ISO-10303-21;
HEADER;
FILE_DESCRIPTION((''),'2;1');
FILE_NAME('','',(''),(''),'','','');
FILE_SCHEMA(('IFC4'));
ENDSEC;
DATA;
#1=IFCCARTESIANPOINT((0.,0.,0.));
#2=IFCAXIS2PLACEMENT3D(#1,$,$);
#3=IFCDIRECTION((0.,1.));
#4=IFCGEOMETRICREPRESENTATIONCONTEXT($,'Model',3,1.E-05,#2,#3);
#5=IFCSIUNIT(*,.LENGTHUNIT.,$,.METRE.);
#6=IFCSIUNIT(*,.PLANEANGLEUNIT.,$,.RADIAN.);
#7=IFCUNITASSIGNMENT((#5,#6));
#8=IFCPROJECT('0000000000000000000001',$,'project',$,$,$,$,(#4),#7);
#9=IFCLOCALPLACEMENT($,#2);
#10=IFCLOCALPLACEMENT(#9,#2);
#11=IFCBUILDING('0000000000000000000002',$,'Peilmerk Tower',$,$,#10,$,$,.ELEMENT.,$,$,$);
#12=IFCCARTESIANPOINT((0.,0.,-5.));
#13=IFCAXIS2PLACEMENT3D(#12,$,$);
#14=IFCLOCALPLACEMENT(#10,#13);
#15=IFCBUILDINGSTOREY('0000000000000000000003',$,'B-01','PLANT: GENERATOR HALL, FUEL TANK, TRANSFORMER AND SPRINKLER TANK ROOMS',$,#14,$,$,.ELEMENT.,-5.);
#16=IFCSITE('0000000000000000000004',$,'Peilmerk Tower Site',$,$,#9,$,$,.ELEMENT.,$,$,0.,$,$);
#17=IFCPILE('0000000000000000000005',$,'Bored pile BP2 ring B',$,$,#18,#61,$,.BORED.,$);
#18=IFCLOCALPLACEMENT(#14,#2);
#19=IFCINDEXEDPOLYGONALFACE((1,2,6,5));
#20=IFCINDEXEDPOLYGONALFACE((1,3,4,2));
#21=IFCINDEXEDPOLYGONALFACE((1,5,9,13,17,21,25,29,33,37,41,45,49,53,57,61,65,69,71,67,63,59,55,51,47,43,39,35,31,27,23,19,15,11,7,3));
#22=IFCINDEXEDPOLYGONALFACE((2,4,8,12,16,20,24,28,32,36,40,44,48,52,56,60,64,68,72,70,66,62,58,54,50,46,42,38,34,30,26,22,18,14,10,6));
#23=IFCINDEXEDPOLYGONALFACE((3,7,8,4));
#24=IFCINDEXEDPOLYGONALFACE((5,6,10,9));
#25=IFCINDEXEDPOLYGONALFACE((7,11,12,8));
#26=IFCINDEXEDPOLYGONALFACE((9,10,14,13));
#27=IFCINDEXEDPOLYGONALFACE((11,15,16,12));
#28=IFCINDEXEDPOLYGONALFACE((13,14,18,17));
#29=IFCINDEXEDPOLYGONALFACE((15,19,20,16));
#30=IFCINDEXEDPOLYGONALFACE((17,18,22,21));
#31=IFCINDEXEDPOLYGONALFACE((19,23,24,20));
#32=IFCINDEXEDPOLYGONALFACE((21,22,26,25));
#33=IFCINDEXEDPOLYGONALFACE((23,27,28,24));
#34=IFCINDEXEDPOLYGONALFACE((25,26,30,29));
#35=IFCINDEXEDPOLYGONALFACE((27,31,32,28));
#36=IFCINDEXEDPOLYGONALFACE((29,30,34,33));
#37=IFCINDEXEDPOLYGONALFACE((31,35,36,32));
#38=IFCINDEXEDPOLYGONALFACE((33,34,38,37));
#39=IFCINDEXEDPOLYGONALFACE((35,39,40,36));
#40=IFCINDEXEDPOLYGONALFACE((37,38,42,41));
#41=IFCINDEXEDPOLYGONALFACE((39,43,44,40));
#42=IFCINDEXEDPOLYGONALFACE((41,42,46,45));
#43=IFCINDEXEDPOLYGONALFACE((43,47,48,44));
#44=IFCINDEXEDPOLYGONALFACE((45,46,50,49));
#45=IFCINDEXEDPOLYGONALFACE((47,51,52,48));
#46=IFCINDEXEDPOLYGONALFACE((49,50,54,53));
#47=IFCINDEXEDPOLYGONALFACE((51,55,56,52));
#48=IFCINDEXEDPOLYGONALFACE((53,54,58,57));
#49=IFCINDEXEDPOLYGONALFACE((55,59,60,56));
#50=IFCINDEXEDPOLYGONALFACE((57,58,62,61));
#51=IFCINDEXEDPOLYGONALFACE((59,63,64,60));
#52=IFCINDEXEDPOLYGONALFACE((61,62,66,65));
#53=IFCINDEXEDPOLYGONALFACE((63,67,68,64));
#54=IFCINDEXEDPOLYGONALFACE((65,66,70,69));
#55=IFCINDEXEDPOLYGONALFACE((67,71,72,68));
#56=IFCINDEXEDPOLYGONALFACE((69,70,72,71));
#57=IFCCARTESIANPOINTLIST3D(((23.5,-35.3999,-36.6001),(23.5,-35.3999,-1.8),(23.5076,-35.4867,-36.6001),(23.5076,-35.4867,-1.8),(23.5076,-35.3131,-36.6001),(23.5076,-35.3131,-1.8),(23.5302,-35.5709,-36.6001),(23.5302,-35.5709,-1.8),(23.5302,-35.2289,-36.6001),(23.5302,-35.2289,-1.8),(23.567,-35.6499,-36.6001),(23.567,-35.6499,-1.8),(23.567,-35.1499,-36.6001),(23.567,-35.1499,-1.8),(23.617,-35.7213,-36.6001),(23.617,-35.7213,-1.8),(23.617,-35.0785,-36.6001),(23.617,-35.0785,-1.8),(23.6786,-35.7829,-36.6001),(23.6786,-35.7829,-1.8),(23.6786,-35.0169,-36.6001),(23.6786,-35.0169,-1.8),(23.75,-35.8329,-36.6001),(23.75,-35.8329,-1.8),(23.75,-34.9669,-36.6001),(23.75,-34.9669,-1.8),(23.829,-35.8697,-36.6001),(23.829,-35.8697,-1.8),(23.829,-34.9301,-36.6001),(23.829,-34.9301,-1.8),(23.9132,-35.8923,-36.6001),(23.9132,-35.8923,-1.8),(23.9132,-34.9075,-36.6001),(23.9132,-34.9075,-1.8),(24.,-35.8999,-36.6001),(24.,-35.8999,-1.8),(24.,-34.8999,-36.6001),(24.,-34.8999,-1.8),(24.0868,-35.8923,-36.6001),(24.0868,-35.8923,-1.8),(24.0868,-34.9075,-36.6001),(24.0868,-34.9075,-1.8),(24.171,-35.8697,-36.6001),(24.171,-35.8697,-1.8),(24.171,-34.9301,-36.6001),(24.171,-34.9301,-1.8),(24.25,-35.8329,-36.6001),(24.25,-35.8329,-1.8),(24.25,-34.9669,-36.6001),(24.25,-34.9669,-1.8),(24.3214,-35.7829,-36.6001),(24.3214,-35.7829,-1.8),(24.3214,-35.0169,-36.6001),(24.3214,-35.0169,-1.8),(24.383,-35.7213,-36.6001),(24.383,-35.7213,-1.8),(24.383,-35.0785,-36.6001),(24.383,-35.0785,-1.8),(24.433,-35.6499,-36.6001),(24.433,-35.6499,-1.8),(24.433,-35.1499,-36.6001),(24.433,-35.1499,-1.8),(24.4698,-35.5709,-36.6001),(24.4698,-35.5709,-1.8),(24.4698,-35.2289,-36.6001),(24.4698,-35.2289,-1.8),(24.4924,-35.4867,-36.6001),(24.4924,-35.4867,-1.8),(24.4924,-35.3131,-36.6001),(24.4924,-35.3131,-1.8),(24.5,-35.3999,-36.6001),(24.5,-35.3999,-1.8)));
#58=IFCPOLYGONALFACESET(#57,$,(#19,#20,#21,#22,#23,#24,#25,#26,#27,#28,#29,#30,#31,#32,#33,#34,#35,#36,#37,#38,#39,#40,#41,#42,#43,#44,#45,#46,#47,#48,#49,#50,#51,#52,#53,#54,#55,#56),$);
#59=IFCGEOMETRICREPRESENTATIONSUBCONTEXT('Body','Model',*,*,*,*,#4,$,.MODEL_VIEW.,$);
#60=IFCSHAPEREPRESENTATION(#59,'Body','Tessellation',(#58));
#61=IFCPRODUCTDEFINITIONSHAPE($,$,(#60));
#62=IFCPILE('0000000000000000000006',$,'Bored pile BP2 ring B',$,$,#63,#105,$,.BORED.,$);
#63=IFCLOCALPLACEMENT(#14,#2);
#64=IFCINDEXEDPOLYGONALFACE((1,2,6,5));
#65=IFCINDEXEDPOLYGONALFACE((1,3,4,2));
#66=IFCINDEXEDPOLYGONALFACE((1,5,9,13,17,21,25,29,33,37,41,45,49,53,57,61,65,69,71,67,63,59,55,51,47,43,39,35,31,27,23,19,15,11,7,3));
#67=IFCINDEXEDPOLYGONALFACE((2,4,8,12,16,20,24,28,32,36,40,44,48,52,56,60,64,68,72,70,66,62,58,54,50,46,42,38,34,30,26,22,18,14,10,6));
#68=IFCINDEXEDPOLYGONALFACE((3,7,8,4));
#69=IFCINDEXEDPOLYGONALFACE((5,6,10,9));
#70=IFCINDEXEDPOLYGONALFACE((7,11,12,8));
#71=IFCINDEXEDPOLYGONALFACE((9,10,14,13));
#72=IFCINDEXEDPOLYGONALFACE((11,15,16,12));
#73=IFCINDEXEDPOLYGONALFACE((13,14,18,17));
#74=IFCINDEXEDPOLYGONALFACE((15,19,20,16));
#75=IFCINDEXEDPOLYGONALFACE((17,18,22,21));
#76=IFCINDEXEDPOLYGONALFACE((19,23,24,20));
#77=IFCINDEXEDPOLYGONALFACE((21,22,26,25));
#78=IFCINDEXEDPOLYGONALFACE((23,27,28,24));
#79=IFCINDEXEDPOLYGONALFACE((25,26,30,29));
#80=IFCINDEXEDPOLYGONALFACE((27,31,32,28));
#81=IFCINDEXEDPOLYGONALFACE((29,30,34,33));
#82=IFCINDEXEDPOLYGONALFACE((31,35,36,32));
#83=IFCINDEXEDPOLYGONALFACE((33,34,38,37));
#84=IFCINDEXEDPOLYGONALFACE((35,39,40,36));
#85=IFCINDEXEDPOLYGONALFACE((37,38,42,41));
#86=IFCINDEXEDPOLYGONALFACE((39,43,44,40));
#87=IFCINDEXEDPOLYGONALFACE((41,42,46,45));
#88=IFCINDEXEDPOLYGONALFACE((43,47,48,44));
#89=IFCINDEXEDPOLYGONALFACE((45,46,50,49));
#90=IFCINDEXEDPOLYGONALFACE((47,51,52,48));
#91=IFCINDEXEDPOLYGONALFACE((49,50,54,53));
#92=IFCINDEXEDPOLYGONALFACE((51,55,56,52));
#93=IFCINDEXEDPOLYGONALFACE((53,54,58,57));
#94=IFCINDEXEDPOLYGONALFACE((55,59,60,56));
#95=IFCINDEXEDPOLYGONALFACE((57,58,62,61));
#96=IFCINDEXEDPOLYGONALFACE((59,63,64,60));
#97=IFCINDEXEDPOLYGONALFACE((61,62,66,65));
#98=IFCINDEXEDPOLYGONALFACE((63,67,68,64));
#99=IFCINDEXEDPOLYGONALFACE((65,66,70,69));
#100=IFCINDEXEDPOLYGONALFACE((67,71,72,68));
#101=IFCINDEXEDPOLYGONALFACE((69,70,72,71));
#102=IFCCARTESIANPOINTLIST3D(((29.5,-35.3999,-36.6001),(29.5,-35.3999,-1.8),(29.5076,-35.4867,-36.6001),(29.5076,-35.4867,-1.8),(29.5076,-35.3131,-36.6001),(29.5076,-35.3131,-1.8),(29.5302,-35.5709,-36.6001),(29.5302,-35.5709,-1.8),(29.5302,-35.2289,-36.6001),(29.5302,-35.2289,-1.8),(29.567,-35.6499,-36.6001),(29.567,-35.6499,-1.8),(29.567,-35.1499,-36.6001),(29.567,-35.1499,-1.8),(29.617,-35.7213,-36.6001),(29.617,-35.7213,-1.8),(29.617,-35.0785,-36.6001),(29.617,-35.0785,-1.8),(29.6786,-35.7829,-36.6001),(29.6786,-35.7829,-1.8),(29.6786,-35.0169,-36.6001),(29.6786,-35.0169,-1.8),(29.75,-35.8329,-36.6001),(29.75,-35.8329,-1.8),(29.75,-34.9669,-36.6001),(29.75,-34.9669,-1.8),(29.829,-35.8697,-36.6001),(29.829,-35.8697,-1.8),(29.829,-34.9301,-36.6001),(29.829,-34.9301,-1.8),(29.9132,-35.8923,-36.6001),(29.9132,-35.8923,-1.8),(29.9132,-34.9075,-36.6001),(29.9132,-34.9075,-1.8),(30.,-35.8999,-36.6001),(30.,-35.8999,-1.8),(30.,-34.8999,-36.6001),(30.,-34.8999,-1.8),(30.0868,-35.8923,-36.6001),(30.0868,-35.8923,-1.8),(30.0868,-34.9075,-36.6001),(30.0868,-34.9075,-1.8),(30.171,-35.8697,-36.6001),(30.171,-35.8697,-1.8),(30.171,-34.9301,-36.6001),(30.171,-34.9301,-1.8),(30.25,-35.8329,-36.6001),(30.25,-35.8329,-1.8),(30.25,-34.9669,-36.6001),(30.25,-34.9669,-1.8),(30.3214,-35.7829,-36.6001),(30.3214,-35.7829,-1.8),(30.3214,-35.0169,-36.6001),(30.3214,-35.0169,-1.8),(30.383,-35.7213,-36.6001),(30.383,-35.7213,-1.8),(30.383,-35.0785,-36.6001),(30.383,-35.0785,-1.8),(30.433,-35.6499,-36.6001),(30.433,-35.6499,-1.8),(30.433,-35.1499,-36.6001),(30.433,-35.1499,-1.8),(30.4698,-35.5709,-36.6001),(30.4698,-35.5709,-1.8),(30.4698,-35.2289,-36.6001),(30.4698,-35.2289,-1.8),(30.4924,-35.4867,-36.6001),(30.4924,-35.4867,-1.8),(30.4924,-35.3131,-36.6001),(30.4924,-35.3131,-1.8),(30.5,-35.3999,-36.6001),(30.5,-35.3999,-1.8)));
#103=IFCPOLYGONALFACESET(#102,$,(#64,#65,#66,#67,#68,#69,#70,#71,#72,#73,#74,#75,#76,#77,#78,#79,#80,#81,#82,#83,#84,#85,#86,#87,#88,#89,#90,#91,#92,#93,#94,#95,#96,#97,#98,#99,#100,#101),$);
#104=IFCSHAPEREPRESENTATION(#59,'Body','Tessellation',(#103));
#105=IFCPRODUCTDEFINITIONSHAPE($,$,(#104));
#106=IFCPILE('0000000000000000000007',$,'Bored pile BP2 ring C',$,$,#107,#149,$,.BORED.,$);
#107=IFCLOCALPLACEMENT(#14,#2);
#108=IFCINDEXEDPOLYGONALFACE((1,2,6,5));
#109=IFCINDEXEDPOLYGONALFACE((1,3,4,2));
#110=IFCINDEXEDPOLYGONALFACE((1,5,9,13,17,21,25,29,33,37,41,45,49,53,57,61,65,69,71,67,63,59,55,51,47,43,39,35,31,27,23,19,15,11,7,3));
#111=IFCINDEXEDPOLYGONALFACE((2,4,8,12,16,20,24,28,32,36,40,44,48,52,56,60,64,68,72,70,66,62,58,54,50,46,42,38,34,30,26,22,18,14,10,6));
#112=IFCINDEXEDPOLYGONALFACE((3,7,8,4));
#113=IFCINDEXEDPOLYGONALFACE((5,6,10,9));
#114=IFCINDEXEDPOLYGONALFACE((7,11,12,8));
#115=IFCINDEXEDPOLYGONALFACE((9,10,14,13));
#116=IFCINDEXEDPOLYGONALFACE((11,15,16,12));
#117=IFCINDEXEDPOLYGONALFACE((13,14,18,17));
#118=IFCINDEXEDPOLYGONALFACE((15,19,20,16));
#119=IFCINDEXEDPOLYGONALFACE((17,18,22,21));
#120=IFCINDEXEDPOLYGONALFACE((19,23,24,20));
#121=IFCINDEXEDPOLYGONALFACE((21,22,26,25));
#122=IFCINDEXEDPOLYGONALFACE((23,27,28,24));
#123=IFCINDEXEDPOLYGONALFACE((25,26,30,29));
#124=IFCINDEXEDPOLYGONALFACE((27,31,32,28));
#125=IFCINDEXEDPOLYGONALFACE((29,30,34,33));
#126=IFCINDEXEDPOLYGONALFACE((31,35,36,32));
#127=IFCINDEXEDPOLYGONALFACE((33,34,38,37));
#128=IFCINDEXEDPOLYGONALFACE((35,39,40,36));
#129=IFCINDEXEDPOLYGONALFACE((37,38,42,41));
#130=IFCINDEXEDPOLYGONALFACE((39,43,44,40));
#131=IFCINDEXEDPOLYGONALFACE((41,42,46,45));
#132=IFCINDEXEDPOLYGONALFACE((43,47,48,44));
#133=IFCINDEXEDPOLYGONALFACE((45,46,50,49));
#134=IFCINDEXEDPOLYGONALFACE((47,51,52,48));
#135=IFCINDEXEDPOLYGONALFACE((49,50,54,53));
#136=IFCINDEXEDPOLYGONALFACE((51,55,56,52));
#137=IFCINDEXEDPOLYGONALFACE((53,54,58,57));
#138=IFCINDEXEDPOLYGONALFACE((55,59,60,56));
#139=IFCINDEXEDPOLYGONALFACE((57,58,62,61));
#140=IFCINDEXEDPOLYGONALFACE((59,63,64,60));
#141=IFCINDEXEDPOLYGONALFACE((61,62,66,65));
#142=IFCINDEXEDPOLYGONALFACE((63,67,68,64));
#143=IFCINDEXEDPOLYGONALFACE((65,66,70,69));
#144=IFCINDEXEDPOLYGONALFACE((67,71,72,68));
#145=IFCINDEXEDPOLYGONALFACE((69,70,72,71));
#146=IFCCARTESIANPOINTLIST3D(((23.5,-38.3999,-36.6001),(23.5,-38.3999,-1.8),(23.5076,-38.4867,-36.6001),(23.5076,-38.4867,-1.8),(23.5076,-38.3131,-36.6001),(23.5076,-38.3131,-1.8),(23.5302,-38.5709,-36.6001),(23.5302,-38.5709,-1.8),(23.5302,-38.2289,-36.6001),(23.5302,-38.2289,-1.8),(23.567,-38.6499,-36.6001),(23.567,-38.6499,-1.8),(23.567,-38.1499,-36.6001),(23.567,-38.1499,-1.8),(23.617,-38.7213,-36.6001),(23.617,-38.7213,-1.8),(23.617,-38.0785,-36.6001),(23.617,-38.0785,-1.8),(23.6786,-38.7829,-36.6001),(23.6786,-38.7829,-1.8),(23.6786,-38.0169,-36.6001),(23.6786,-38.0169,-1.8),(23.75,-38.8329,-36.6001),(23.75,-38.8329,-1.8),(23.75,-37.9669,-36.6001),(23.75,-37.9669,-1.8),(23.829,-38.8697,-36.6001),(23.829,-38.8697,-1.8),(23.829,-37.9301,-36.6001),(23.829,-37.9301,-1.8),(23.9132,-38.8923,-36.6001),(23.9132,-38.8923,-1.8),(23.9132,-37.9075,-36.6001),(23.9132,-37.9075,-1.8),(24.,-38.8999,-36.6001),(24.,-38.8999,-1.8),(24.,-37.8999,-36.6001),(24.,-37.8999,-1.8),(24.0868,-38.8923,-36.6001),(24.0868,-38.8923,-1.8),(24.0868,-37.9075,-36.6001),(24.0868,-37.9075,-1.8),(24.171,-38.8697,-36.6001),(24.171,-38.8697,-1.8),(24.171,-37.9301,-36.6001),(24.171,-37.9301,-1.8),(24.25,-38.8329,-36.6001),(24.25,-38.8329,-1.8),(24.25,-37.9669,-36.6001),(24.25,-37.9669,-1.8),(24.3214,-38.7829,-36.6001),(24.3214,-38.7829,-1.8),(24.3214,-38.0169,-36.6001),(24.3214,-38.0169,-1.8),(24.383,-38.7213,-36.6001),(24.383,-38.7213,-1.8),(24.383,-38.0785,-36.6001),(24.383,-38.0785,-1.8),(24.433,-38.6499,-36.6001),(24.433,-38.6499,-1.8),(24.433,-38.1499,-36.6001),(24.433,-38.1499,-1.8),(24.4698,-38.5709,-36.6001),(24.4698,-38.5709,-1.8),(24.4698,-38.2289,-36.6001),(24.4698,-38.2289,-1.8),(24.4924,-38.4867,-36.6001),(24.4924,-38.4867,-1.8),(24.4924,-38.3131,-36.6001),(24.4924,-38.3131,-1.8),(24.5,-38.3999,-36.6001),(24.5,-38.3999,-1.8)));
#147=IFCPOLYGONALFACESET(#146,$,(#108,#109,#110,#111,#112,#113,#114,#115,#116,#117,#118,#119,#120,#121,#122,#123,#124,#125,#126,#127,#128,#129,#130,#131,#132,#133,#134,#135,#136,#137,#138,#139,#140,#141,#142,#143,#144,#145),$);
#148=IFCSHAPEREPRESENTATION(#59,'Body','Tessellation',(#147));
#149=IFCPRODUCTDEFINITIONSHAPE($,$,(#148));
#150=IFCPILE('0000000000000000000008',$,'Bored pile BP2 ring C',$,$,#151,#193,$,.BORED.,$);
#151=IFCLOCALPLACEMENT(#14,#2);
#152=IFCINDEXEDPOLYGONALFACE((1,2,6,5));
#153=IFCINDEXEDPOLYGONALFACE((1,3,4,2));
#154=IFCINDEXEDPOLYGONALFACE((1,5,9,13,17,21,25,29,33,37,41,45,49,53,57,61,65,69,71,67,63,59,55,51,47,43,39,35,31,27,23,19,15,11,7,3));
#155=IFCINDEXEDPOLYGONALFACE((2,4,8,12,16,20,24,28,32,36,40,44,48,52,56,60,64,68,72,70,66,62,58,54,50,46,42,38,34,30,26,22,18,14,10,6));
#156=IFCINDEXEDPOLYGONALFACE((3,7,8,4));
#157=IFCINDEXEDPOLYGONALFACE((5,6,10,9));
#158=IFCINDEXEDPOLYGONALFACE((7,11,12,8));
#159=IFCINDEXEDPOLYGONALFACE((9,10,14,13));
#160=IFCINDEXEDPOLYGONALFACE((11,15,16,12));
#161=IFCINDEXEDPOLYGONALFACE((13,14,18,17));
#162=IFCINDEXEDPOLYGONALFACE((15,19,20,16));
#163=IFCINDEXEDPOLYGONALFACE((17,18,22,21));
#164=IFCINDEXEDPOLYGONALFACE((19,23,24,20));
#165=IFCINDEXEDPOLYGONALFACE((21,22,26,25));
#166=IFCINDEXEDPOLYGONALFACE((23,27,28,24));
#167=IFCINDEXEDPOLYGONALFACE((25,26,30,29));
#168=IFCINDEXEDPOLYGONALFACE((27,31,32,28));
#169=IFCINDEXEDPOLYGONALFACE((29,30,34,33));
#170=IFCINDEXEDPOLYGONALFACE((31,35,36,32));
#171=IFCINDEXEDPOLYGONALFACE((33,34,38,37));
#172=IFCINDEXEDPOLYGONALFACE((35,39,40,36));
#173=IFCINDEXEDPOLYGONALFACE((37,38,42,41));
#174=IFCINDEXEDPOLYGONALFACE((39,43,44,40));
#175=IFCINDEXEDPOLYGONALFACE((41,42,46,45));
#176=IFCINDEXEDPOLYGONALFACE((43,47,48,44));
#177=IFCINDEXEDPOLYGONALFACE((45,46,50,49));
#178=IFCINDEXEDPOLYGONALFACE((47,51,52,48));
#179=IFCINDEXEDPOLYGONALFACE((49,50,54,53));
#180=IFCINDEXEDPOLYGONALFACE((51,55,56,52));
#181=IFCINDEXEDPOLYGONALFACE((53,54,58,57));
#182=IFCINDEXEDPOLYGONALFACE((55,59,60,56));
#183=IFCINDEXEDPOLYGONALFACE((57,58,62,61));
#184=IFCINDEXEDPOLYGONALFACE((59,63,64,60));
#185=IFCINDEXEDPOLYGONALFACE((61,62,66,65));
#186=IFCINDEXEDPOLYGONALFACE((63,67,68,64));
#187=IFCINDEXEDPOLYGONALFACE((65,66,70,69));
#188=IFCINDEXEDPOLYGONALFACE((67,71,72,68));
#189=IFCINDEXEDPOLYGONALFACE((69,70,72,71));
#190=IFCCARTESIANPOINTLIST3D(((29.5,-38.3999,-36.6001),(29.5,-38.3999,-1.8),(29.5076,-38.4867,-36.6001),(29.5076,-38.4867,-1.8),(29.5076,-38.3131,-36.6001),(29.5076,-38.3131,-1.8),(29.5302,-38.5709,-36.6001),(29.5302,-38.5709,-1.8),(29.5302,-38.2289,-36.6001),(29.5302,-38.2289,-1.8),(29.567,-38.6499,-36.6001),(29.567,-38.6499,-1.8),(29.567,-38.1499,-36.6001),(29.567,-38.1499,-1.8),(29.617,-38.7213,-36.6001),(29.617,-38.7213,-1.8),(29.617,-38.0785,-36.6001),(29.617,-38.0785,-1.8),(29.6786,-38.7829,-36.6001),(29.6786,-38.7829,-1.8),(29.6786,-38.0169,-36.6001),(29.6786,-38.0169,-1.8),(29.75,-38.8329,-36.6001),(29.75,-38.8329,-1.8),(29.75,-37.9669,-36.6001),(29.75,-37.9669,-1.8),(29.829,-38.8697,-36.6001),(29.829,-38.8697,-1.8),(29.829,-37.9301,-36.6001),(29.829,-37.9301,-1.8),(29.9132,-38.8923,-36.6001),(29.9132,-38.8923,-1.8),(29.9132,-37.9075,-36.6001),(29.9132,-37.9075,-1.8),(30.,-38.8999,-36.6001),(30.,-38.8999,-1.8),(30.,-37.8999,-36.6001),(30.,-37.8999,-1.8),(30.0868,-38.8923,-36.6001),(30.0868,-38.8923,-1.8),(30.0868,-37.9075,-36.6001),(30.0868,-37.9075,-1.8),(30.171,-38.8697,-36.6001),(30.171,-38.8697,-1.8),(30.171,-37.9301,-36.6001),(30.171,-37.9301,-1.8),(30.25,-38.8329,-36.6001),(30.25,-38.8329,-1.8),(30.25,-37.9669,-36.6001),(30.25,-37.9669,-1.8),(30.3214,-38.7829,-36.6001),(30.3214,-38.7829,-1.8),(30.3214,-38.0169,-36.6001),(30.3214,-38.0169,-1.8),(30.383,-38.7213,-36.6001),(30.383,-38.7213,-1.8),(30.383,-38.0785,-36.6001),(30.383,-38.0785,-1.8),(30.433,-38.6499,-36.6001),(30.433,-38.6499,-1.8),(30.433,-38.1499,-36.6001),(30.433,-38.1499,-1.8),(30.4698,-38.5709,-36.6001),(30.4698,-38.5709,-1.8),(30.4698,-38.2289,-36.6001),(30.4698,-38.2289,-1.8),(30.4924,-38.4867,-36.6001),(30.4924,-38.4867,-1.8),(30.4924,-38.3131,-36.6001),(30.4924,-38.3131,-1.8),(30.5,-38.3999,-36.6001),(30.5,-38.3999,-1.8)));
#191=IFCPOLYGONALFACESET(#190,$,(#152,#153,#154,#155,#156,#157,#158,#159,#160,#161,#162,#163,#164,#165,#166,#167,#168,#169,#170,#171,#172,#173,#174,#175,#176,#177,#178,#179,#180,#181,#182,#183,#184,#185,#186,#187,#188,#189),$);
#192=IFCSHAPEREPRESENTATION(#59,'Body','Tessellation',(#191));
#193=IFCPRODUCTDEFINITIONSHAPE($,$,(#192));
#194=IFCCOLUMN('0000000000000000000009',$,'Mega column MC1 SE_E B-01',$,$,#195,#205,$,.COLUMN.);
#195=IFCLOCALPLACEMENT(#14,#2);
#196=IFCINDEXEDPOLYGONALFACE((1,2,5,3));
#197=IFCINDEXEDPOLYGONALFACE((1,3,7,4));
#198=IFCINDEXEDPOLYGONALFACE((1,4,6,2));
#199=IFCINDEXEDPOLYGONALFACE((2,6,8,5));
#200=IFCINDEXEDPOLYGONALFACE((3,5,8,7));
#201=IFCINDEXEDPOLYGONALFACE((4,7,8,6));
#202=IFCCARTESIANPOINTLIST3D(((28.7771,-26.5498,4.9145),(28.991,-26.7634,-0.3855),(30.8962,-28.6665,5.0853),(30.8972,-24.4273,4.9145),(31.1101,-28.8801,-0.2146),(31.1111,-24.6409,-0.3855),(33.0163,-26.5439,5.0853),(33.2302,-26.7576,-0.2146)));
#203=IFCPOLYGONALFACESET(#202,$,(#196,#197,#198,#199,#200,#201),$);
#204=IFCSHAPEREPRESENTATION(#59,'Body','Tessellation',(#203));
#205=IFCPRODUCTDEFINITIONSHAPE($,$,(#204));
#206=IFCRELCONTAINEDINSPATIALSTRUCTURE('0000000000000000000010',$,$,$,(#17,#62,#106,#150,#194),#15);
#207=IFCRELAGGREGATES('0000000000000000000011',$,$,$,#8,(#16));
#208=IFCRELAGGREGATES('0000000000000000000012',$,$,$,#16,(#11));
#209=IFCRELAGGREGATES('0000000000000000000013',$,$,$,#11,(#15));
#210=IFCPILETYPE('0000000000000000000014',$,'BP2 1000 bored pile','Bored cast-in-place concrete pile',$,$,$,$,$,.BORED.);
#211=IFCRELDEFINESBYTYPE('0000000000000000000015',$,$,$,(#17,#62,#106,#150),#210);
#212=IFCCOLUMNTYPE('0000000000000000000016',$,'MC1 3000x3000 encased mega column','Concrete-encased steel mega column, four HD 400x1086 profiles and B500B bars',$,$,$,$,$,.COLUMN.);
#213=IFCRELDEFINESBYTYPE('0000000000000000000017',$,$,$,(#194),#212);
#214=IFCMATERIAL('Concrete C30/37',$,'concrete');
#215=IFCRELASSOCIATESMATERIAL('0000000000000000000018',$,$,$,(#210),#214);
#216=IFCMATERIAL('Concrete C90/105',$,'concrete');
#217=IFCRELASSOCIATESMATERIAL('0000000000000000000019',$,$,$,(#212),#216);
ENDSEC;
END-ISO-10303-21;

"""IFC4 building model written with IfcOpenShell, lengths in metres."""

from ifc_helpers import new_model, si_unit, direction, frame, origin, origin_2d, place, context, subcontext, project, spatial, rectangle, circle, extrude, material, material_profile, profile_set, type_object, element, save


model = new_model("IFC4")

# Units and contexts
model_context = context("Model", 3, precision=1e-05, world=origin(), true_north=direction((0.0, 1.0)))
body_context = subcontext(model_context, "Body", "Model", "MODEL_VIEW")
ifc_project = project(units=[si_unit("LENGTHUNIT", "METRE"), si_unit("PLANEANGLEUNIT", "RADIAN")], contexts=[model_context])

# Site, building, storey
site_placement = place(None, origin())
site = spatial("IfcSite", under=ifc_project, at=site_placement, Name="Peilmerk Tower Site", CompositionType="ELEMENT", RefElevation=0.0)
building_placement = place(site_placement, origin())
building = spatial("IfcBuilding", under=site, at=building_placement, Name="Peilmerk Tower", CompositionType="ELEMENT")
storey_placement = place(building_placement, frame((0.0, 0.0, -5.0)))
storey = spatial("IfcBuildingStorey", under=building, at=storey_placement, Name="B-01", Description="PLANT: GENERATOR HALL, FUEL TANK, TRANSFORMER AND SPRINKLER TANK ROOMS", CompositionType="ELEMENT", Elevation=-5.0)

# Piles
ifc_material_1 = material(Name="Concrete C30/37", Category="concrete")
ifc_material_profile_1 = material_profile(ifc_material_1, circle(Radius=0.5, at=origin_2d()), Name="BP 1000")
ifc_profile_set_1 = profile_set([ifc_material_profile_1], Name="Concrete C30/37")
pile_type_1 = type_object("IfcPileType", Name="BP2 1000 bored pile", Description="Bored cast-in-place concrete pile", PredefinedType="BORED", material=ifc_profile_set_1)
for number, where, z_axis, x_axis, name in (
    (1, (24.0, -35.3999, -1.8), (0.0, 0.0, -1.0), (1.0, 0.0, 0.0), "Bored pile BP2 ring B"),
    (2, (30.0, -35.3999, -1.8), (0.0, 0.0, -1.0), (1.0, 0.0, 0.0), "Bored pile BP2 ring B"),
    (3, (24.0, -38.3999, -1.8), (0.0, 0.0, -1.0), (1.0, 0.0, 0.0), "Bored pile BP2 ring C"),
    (4, (30.0, -38.3999, -1.8), (0.0, 0.0, -1.0), (1.0, 0.0, 0.0), "Bored pile BP2 ring C"),
):
    element("IfcPile", number, at=place(storey_placement, frame(where, z_axis=z_axis, x_axis=x_axis)), inside=storey, type_object=pile_type_1, Name=name, PredefinedType="BORED", context=body_context, shape_type="SweptSolid", body=[
        extrude(circle(Radius=0.5, at=origin_2d()), origin(), (0.0, 0.0, 1.0), 34.8),
    ])

# Column
ifc_material_2 = material(Name="Concrete C90/105", Category="concrete")
ifc_material_profile_2 = material_profile(ifc_material_2, rectangle(XDim=3.0, YDim=3.0, at=origin_2d()), Name="RC 3000x3000")
ifc_profile_set_2 = profile_set([ifc_material_profile_2], Name="Concrete C90/105")
column_type_1 = type_object("IfcColumnType", Name="MC1 3000x3000 encased mega column", Description="Concrete-encased steel mega column, four HD 400x1086 profiles and B500B bars", PredefinedType="COLUMN", material=ifc_profile_set_2)
for number, where, z_axis, x_axis, name in (
    (5, (31.1106, -26.7605, -0.3), (-0.040286, 0.04024, 0.998378), (-0.706703, -0.70751, 0.0), "Mega column MC1 SE_E B-01"),
):
    element("IfcColumn", number, at=place(storey_placement, frame(where, z_axis=z_axis, x_axis=x_axis)), inside=storey, type_object=column_type_1, Name=name, PredefinedType="COLUMN", context=body_context, shape_type="SweptSolid", body=[
        extrude(rectangle(XDim=3.0, YDim=3.0, at=origin_2d()), origin(), (0.0, 0.0, 1.0), 5.3086),
    ])

save(model, "model.ifc")
